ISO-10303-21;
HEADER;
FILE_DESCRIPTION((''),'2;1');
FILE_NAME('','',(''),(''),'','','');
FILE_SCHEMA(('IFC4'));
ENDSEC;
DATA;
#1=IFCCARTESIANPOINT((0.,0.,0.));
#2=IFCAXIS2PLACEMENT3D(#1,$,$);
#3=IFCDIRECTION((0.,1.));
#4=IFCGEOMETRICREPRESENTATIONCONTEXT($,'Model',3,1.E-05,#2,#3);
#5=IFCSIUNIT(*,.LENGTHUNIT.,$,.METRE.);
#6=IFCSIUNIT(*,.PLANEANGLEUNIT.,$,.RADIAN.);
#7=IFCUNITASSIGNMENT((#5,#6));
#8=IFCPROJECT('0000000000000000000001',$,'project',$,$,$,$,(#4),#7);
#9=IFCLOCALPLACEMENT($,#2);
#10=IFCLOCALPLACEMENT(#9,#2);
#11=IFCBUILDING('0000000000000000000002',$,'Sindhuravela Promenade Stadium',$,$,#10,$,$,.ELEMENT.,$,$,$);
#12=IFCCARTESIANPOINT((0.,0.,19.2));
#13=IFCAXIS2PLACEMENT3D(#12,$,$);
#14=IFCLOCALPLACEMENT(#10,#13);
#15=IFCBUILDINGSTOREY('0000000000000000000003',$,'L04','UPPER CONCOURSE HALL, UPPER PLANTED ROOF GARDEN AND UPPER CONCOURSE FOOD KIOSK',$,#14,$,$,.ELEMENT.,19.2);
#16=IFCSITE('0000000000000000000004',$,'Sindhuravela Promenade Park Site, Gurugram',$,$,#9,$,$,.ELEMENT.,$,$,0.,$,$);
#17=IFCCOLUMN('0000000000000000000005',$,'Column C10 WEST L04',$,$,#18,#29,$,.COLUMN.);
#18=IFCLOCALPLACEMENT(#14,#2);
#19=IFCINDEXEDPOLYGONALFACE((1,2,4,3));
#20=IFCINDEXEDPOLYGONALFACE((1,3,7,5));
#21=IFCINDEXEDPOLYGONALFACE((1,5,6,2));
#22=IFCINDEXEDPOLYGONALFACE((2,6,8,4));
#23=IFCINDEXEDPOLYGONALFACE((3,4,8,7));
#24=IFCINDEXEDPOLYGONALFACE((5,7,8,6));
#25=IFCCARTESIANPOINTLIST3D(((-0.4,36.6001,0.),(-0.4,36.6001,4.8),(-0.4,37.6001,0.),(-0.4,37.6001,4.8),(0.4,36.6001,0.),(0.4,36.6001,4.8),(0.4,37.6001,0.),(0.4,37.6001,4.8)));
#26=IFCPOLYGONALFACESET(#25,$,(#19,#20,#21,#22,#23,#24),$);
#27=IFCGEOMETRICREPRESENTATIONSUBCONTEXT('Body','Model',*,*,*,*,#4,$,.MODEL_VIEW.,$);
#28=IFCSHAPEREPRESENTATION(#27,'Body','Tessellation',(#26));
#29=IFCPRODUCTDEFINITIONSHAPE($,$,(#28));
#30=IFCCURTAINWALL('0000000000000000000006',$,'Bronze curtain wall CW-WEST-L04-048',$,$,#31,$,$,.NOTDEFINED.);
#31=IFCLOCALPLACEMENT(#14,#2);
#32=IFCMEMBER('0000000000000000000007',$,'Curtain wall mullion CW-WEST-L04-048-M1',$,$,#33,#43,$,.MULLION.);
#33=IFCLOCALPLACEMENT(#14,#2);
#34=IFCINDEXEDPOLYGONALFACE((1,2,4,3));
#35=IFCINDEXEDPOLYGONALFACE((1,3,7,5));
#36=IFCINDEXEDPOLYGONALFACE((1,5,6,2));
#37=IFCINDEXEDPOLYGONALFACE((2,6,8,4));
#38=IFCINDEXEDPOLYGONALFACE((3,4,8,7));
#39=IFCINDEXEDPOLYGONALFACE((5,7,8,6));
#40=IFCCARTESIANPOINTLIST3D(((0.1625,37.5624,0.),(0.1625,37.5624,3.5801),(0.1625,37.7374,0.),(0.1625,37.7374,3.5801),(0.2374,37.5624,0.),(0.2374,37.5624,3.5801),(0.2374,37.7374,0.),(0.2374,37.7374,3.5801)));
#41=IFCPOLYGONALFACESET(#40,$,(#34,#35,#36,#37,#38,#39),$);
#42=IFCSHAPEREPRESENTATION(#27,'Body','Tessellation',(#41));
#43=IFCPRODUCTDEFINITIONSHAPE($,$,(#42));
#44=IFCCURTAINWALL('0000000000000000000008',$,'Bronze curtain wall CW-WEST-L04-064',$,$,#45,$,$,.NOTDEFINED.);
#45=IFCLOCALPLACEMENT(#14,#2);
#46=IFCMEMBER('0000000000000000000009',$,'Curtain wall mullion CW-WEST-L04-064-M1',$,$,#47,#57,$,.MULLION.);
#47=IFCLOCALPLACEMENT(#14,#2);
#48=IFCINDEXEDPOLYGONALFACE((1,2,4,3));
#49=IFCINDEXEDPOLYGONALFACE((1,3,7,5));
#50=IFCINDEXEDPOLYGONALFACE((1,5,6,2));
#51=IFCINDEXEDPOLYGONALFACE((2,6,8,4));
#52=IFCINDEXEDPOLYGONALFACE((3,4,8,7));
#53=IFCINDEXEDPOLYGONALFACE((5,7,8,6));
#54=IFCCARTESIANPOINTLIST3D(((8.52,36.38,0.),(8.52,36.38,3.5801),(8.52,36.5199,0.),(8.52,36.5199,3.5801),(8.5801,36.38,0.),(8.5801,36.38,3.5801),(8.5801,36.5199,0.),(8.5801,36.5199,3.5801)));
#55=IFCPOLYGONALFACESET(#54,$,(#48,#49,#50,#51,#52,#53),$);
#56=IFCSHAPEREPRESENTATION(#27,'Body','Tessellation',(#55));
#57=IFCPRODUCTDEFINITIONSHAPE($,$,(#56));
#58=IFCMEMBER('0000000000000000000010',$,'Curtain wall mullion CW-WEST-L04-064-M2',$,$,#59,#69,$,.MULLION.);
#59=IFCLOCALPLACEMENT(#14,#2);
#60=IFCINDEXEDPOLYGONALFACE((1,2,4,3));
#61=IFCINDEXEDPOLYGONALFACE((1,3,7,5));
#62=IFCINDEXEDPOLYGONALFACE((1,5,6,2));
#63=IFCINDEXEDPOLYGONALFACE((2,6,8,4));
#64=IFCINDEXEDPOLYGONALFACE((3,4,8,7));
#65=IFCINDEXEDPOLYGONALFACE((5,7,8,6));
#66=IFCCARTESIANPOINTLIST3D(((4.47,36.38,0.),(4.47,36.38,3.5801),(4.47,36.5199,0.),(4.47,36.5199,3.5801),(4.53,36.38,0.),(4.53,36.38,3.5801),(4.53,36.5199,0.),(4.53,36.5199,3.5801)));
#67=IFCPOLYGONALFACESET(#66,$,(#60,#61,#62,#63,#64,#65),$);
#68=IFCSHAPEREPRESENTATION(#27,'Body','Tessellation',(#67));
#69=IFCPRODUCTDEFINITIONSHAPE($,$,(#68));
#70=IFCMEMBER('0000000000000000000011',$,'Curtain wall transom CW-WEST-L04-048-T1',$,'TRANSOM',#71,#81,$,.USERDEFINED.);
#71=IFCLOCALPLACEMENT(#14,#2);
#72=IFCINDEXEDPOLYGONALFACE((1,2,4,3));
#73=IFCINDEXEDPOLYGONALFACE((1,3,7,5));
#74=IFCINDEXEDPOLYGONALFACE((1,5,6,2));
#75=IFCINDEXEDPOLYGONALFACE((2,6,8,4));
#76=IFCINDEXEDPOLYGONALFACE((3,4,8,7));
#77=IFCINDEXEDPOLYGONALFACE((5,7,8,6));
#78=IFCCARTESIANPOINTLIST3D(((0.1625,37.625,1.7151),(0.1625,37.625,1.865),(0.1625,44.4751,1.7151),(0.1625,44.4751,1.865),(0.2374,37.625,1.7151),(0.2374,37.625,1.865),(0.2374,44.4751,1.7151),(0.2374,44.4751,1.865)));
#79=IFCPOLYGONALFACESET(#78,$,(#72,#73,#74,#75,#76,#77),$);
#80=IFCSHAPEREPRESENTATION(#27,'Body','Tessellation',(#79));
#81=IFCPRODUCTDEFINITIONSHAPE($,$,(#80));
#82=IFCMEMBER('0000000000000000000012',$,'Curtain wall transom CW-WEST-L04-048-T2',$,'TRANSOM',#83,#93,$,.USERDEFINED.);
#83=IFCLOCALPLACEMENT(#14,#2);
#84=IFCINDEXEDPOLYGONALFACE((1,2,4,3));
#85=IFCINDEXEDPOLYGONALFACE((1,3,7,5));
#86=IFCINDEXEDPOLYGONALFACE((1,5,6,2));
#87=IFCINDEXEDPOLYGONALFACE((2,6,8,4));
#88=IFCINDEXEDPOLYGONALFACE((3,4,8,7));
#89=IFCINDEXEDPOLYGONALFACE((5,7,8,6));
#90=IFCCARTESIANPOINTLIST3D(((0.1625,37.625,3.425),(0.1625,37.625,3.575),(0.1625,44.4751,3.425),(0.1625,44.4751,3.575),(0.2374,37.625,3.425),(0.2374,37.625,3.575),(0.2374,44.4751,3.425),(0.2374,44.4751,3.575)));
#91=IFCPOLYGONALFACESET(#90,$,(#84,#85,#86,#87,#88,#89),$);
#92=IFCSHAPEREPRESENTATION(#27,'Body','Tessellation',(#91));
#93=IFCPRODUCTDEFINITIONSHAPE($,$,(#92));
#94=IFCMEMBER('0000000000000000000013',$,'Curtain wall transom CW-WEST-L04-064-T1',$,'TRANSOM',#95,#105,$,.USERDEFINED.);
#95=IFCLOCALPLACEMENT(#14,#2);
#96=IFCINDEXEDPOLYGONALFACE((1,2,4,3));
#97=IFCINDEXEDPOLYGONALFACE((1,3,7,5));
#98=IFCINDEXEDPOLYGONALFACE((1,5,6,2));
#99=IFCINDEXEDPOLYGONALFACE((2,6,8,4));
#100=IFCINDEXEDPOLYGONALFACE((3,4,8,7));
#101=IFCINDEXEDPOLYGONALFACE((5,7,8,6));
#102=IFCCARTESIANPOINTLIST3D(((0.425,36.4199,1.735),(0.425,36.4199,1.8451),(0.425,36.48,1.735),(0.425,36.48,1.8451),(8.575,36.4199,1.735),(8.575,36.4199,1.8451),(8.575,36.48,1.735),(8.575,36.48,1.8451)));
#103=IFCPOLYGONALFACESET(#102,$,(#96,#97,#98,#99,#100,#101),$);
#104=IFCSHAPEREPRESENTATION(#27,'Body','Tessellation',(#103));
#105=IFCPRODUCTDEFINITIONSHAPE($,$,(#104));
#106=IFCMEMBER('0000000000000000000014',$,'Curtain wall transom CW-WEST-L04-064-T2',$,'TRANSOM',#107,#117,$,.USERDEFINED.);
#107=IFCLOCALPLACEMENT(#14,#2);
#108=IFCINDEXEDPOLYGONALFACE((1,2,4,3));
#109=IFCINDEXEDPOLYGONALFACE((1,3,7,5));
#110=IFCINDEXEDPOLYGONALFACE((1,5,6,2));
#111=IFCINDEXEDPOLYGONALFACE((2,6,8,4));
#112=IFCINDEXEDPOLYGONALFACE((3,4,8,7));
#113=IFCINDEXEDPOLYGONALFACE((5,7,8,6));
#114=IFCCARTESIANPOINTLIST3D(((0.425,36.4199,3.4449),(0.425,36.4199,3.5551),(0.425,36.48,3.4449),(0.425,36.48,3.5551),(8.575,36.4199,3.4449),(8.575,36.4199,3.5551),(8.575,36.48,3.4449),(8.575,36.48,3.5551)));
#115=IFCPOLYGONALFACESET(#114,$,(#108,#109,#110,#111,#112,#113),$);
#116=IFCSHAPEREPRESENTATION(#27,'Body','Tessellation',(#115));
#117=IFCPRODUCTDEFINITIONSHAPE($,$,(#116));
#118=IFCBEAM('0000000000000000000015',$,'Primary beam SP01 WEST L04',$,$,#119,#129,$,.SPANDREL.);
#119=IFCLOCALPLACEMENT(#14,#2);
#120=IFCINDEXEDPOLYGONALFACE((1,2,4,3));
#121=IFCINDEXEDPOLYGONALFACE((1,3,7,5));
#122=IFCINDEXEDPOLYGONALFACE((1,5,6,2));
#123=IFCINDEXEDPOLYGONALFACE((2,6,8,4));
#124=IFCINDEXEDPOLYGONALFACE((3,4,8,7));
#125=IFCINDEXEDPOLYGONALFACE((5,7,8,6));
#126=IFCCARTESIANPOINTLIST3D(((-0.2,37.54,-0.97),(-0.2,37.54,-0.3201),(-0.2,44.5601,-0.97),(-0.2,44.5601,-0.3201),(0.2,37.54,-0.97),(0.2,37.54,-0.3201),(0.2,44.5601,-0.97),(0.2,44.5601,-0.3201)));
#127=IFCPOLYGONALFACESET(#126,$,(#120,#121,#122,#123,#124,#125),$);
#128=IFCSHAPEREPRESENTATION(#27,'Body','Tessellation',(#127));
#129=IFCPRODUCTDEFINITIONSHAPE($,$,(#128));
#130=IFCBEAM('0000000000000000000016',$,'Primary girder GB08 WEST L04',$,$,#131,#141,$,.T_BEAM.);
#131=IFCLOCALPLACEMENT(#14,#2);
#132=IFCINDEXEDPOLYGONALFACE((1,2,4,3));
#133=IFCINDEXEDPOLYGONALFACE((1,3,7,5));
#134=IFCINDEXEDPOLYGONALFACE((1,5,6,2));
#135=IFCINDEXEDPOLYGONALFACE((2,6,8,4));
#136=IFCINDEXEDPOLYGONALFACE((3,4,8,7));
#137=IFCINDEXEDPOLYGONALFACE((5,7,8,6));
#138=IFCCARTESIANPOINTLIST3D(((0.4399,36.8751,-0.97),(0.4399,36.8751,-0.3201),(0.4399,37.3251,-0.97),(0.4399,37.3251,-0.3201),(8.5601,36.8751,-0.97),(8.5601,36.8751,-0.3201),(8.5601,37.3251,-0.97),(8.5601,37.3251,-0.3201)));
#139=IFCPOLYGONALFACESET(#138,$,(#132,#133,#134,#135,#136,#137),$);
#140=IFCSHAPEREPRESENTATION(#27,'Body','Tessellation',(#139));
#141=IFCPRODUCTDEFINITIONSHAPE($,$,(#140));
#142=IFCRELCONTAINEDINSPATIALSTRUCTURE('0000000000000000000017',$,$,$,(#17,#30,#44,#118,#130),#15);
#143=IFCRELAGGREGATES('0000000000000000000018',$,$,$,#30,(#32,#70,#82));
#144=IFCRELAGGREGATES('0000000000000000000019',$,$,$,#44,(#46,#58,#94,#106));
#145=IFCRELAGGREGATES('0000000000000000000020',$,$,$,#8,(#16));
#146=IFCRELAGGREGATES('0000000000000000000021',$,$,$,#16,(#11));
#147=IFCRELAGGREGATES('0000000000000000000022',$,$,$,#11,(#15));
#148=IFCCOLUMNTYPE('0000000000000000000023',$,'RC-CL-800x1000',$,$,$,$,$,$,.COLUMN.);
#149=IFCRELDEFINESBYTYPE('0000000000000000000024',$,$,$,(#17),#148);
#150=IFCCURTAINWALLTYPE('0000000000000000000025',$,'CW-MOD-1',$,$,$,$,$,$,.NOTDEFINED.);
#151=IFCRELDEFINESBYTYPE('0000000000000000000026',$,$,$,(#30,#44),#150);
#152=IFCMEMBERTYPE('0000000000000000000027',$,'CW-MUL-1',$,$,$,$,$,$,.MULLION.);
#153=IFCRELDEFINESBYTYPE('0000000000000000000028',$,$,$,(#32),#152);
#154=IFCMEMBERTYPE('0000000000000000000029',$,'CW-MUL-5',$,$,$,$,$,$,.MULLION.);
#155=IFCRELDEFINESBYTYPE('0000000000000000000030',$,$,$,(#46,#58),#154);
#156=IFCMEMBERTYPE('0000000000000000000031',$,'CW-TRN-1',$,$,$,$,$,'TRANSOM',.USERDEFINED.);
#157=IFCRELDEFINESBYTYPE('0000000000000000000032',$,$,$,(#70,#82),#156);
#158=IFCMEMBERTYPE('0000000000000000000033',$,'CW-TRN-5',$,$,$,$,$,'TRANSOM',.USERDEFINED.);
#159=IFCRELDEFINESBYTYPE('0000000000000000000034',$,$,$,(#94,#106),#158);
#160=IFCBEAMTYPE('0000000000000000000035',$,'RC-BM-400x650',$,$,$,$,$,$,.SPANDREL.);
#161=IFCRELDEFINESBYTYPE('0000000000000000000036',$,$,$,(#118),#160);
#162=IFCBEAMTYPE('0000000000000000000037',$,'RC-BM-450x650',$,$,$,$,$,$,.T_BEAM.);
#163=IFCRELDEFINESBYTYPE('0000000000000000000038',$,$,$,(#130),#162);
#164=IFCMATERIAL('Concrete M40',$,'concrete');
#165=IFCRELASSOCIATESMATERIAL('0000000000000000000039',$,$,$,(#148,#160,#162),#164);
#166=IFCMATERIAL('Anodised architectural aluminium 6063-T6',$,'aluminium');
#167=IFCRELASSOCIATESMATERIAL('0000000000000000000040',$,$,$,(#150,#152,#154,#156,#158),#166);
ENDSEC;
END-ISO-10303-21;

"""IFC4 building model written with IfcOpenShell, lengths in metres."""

from ifc_helpers import new_model, si_unit, direction, frame, origin, origin_2d, place, context, subcontext, project, spatial, rectangle, extrude, material, material_profile, profile_set, type_object, element, aggregate, save


model = new_model("IFC4")

# Units and contexts
model_context = context("Model", 3, precision=1e-05, world=origin(), true_north=direction((0.0, 1.0)))
body_context = subcontext(model_context, "Body", "Model", "MODEL_VIEW")
ifc_project = project(units=[si_unit("LENGTHUNIT", "METRE"), si_unit("PLANEANGLEUNIT", "RADIAN")], contexts=[model_context])

# Site, building, storey
site_placement = place(None, origin())
site = spatial("IfcSite", under=ifc_project, at=site_placement, Name="Sindhuravela Promenade Park Site, Gurugram", CompositionType="ELEMENT", RefElevation=0.0)
building_placement = place(site_placement, origin())
building = spatial("IfcBuilding", under=site, at=building_placement, Name="Sindhuravela Promenade Stadium", CompositionType="ELEMENT")
storey_placement = place(building_placement, frame((0.0, 0.0, 19.2)))
storey = spatial("IfcBuildingStorey", under=building, at=storey_placement, Name="L04", Description="UPPER CONCOURSE HALL, UPPER PLANTED ROOF GARDEN AND UPPER CONCOURSE FOOD KIOSK", CompositionType="ELEMENT", Elevation=19.2)

# Column
ifc_material_1 = material(Name="Concrete M40", Category="concrete")
ifc_material_profile_1 = material_profile(ifc_material_1, rectangle(XDim=0.8, YDim=1.0, at=origin_2d()), Name="RC 800x1000")
ifc_profile_set_1 = profile_set([ifc_material_profile_1], Name="Concrete M40")
column_type = type_object("IfcColumnType", Name="RC-CL-800x1000", PredefinedType="COLUMN", material=ifc_profile_set_1)
column_placement = place(storey_placement, frame((0.0, 37.1001, 0.0), z_axis=(0.0, 0.0, 1.0), x_axis=(1.0, 0.0, 0.0)))
element("IfcColumn", 1, at=column_placement, inside=storey, type_object=column_type, Name="Column C10 WEST L04", PredefinedType="COLUMN", context=body_context, shape_type="SweptSolid", body=[
    extrude(rectangle(XDim=0.8, YDim=1.0, at=origin_2d()), origin(), (0.0, 0.0, 1.0), 4.8),
])

# Curtain wall, member
ifc_material_2 = material(Name="Anodised architectural aluminium 6063-T6", Category="aluminium")
curtain_wall_type = type_object("IfcCurtainWallType", Name="CW-MOD-1", PredefinedType="NOTDEFINED", material=ifc_material_2)
curtain_wall_1_placement = place(storey_placement, origin())
curtain_wall_1 = element("IfcCurtainWall", 2, at=curtain_wall_1_placement, inside=storey, type_object=curtain_wall_type, Name="Bronze curtain wall CW-WEST-L04-048", PredefinedType="NOTDEFINED")
ifc_material_profile_2 = material_profile(ifc_material_2, rectangle(XDim=0.075, YDim=0.175, at=origin_2d()), Name="ALU MULL 75x175")
ifc_profile_set_2 = profile_set([ifc_material_profile_2], Name="Anodised architectural aluminium 6063-T6")
member_type_1 = type_object("IfcMemberType", Name="CW-MUL-1", PredefinedType="MULLION", material=ifc_profile_set_2)
member_1_placement = place(storey_placement, frame((0.2, 37.6499, 0.0), z_axis=(0.0, 0.0, 1.0), x_axis=(1.0, 0.0, 0.0)))
member_1 = element("IfcMember", 3, at=member_1_placement, type_object=member_type_1, Name="Curtain wall mullion CW-WEST-L04-048-M1", PredefinedType="MULLION", context=body_context, shape_type="SweptSolid", body=[
    extrude(rectangle(XDim=0.075, YDim=0.175, at=origin_2d()), origin(), (0.0, 0.0, 1.0), 3.5801),
])

# Curtain wall, members
curtain_wall_2_placement = place(storey_placement, origin())
curtain_wall_2 = element("IfcCurtainWall", 4, at=curtain_wall_2_placement, inside=storey, type_object=curtain_wall_type, Name="Bronze curtain wall CW-WEST-L04-064", PredefinedType="NOTDEFINED")
ifc_material_profile_3 = material_profile(ifc_material_2, rectangle(XDim=0.0601, YDim=0.1399, at=origin_2d()), Name="ALU M60x140")
ifc_profile_set_3 = profile_set([ifc_material_profile_3], Name="Anodised architectural aluminium 6063-T6")
member_type_2 = type_object("IfcMemberType", Name="CW-MUL-5", PredefinedType="MULLION", material=ifc_profile_set_3)
member_2_placement = place(storey_placement, frame((8.55, 36.45, 0.0), z_axis=(0.0, 0.0, 1.0), x_axis=(1.0, 0.0, 0.0)))
member_2 = element("IfcMember", 5, at=member_2_placement, type_object=member_type_2, Name="Curtain wall mullion CW-WEST-L04-064-M1", PredefinedType="MULLION", context=body_context, shape_type="SweptSolid", body=[
    extrude(rectangle(XDim=0.0601, YDim=0.1399, at=origin_2d()), origin(), (0.0, 0.0, 1.0), 3.5801),
])
member_3_placement = place(storey_placement, frame((4.5, 36.45, 0.0), z_axis=(0.0, 0.0, 1.0), x_axis=(1.0, 0.0, 0.0)))
member_3 = element("IfcMember", 6, at=member_3_placement, type_object=member_type_2, Name="Curtain wall mullion CW-WEST-L04-064-M2", PredefinedType="MULLION", context=body_context, shape_type="SweptSolid", body=[
    extrude(rectangle(XDim=0.0601, YDim=0.1399, at=origin_2d()), origin(), (0.0, 0.0, 1.0), 3.5801),
])

# Members
ifc_material_profile_4 = material_profile(ifc_material_2, rectangle(XDim=0.075, YDim=0.1499, at=origin_2d()), Name="ALU TRAN 75x150")
ifc_profile_set_4 = profile_set([ifc_material_profile_4], Name="Anodised architectural aluminium 6063-T6")
member_type_3 = type_object("IfcMemberType", Name="CW-TRN-1", ElementType="TRANSOM", PredefinedType="USERDEFINED", material=ifc_profile_set_4)
member_4_placement = place(storey_placement, frame((0.2, 37.625, 1.79), z_axis=(0.0, 1.0, 0.0), x_axis=(-1.0, 0.0, 0.0)))
member_4 = element("IfcMember", 7, at=member_4_placement, type_object=member_type_3, Name="Curtain wall transom CW-WEST-L04-048-T1", ObjectType="TRANSOM", PredefinedType="USERDEFINED", context=body_context, shape_type="SweptSolid", body=[
    extrude(rectangle(XDim=0.075, YDim=0.1499, at=origin_2d()), origin(), (0.0, 0.0, 1.0), 6.8501),
])
member_5_placement = place(storey_placement, frame((0.2, 37.625, 3.5), z_axis=(0.0, 1.0, 0.0), x_axis=(-1.0, 0.0, 0.0)))
member_5 = element("IfcMember", 8, at=member_5_placement, type_object=member_type_3, Name="Curtain wall transom CW-WEST-L04-048-T2", ObjectType="TRANSOM", PredefinedType="USERDEFINED", context=body_context, shape_type="SweptSolid", body=[
    extrude(rectangle(XDim=0.075, YDim=0.1499, at=origin_2d()), origin(), (0.0, 0.0, 1.0), 6.8501),
])
ifc_material_profile_5 = material_profile(ifc_material_2, rectangle(XDim=0.0601, YDim=0.1101, at=origin_2d()), Name="ALU T60x110")
ifc_profile_set_5 = profile_set([ifc_material_profile_5], Name="Anodised architectural aluminium 6063-T6")
member_type_4 = type_object("IfcMemberType", Name="CW-TRN-5", ElementType="TRANSOM", PredefinedType="USERDEFINED", material=ifc_profile_set_5)
member_6_placement = place(storey_placement, frame((8.575, 36.45, 1.79), z_axis=(-1.0, 0.0, 0.0), x_axis=(0.0, -1.0, 0.0)))
member_6 = element("IfcMember", 9, at=member_6_placement, type_object=member_type_4, Name="Curtain wall transom CW-WEST-L04-064-T1", ObjectType="TRANSOM", PredefinedType="USERDEFINED", context=body_context, shape_type="SweptSolid", body=[
    extrude(rectangle(XDim=0.0601, YDim=0.1101, at=origin_2d()), origin(), (0.0, 0.0, 1.0), 8.1499),
])
member_7_placement = place(storey_placement, frame((8.575, 36.45, 3.5), z_axis=(-1.0, 0.0, 0.0), x_axis=(0.0, -1.0, 0.0)))
member_7 = element("IfcMember", 10, at=member_7_placement, type_object=member_type_4, Name="Curtain wall transom CW-WEST-L04-064-T2", ObjectType="TRANSOM", PredefinedType="USERDEFINED", context=body_context, shape_type="SweptSolid", body=[
    extrude(rectangle(XDim=0.0601, YDim=0.1101, at=origin_2d()), origin(), (0.0, 0.0, 1.0), 8.1499),
])

# Beams
ifc_material_profile_6 = material_profile(ifc_material_1, rectangle(XDim=0.3999, YDim=0.6499, at=origin_2d()), Name="RC 400x650")
ifc_profile_set_6 = profile_set([ifc_material_profile_6], Name="Concrete M40")
beam_type_1 = type_object("IfcBeamType", Name="RC-BM-400x650", PredefinedType="SPANDREL", material=ifc_profile_set_6)
beam_1_placement = place(storey_placement, frame((0.0, 37.54, -0.645), z_axis=(0.0, 1.0, 0.0), x_axis=(-1.0, 0.0, 0.0)))
element("IfcBeam", 11, at=beam_1_placement, inside=storey, type_object=beam_type_1, Name="Primary beam SP01 WEST L04", PredefinedType="SPANDREL", context=body_context, shape_type="SweptSolid", body=[
    extrude(rectangle(XDim=0.3999, YDim=0.6499, at=origin_2d()), origin(), (0.0, 0.0, 1.0), 7.02),
])
ifc_material_profile_7 = material_profile(ifc_material_1, rectangle(XDim=0.45, YDim=0.6499, at=origin_2d()), Name="RC 450x650")
ifc_profile_set_7 = profile_set([ifc_material_profile_7], Name="Concrete M40")
beam_type_2 = type_object("IfcBeamType", Name="RC-BM-450x650", PredefinedType="T_BEAM", material=ifc_profile_set_7)
beam_2_placement = place(storey_placement, frame((0.4399, 37.1001, -0.645), z_axis=(1.0, 0.0, 0.0), x_axis=(0.0, 1.0, 0.0)))
element("IfcBeam", 12, at=beam_2_placement, inside=storey, type_object=beam_type_2, Name="Primary girder GB08 WEST L04", PredefinedType="T_BEAM", context=body_context, shape_type="SweptSolid", body=[
    extrude(rectangle(XDim=0.45, YDim=0.6499, at=origin_2d()), origin(), (0.0, 0.0, 1.0), 8.1201),
])

aggregate(curtain_wall_1, [member_1, member_4, member_5])
aggregate(curtain_wall_2, [member_2, member_3, member_6, member_7])

save(model, "model.ifc")
